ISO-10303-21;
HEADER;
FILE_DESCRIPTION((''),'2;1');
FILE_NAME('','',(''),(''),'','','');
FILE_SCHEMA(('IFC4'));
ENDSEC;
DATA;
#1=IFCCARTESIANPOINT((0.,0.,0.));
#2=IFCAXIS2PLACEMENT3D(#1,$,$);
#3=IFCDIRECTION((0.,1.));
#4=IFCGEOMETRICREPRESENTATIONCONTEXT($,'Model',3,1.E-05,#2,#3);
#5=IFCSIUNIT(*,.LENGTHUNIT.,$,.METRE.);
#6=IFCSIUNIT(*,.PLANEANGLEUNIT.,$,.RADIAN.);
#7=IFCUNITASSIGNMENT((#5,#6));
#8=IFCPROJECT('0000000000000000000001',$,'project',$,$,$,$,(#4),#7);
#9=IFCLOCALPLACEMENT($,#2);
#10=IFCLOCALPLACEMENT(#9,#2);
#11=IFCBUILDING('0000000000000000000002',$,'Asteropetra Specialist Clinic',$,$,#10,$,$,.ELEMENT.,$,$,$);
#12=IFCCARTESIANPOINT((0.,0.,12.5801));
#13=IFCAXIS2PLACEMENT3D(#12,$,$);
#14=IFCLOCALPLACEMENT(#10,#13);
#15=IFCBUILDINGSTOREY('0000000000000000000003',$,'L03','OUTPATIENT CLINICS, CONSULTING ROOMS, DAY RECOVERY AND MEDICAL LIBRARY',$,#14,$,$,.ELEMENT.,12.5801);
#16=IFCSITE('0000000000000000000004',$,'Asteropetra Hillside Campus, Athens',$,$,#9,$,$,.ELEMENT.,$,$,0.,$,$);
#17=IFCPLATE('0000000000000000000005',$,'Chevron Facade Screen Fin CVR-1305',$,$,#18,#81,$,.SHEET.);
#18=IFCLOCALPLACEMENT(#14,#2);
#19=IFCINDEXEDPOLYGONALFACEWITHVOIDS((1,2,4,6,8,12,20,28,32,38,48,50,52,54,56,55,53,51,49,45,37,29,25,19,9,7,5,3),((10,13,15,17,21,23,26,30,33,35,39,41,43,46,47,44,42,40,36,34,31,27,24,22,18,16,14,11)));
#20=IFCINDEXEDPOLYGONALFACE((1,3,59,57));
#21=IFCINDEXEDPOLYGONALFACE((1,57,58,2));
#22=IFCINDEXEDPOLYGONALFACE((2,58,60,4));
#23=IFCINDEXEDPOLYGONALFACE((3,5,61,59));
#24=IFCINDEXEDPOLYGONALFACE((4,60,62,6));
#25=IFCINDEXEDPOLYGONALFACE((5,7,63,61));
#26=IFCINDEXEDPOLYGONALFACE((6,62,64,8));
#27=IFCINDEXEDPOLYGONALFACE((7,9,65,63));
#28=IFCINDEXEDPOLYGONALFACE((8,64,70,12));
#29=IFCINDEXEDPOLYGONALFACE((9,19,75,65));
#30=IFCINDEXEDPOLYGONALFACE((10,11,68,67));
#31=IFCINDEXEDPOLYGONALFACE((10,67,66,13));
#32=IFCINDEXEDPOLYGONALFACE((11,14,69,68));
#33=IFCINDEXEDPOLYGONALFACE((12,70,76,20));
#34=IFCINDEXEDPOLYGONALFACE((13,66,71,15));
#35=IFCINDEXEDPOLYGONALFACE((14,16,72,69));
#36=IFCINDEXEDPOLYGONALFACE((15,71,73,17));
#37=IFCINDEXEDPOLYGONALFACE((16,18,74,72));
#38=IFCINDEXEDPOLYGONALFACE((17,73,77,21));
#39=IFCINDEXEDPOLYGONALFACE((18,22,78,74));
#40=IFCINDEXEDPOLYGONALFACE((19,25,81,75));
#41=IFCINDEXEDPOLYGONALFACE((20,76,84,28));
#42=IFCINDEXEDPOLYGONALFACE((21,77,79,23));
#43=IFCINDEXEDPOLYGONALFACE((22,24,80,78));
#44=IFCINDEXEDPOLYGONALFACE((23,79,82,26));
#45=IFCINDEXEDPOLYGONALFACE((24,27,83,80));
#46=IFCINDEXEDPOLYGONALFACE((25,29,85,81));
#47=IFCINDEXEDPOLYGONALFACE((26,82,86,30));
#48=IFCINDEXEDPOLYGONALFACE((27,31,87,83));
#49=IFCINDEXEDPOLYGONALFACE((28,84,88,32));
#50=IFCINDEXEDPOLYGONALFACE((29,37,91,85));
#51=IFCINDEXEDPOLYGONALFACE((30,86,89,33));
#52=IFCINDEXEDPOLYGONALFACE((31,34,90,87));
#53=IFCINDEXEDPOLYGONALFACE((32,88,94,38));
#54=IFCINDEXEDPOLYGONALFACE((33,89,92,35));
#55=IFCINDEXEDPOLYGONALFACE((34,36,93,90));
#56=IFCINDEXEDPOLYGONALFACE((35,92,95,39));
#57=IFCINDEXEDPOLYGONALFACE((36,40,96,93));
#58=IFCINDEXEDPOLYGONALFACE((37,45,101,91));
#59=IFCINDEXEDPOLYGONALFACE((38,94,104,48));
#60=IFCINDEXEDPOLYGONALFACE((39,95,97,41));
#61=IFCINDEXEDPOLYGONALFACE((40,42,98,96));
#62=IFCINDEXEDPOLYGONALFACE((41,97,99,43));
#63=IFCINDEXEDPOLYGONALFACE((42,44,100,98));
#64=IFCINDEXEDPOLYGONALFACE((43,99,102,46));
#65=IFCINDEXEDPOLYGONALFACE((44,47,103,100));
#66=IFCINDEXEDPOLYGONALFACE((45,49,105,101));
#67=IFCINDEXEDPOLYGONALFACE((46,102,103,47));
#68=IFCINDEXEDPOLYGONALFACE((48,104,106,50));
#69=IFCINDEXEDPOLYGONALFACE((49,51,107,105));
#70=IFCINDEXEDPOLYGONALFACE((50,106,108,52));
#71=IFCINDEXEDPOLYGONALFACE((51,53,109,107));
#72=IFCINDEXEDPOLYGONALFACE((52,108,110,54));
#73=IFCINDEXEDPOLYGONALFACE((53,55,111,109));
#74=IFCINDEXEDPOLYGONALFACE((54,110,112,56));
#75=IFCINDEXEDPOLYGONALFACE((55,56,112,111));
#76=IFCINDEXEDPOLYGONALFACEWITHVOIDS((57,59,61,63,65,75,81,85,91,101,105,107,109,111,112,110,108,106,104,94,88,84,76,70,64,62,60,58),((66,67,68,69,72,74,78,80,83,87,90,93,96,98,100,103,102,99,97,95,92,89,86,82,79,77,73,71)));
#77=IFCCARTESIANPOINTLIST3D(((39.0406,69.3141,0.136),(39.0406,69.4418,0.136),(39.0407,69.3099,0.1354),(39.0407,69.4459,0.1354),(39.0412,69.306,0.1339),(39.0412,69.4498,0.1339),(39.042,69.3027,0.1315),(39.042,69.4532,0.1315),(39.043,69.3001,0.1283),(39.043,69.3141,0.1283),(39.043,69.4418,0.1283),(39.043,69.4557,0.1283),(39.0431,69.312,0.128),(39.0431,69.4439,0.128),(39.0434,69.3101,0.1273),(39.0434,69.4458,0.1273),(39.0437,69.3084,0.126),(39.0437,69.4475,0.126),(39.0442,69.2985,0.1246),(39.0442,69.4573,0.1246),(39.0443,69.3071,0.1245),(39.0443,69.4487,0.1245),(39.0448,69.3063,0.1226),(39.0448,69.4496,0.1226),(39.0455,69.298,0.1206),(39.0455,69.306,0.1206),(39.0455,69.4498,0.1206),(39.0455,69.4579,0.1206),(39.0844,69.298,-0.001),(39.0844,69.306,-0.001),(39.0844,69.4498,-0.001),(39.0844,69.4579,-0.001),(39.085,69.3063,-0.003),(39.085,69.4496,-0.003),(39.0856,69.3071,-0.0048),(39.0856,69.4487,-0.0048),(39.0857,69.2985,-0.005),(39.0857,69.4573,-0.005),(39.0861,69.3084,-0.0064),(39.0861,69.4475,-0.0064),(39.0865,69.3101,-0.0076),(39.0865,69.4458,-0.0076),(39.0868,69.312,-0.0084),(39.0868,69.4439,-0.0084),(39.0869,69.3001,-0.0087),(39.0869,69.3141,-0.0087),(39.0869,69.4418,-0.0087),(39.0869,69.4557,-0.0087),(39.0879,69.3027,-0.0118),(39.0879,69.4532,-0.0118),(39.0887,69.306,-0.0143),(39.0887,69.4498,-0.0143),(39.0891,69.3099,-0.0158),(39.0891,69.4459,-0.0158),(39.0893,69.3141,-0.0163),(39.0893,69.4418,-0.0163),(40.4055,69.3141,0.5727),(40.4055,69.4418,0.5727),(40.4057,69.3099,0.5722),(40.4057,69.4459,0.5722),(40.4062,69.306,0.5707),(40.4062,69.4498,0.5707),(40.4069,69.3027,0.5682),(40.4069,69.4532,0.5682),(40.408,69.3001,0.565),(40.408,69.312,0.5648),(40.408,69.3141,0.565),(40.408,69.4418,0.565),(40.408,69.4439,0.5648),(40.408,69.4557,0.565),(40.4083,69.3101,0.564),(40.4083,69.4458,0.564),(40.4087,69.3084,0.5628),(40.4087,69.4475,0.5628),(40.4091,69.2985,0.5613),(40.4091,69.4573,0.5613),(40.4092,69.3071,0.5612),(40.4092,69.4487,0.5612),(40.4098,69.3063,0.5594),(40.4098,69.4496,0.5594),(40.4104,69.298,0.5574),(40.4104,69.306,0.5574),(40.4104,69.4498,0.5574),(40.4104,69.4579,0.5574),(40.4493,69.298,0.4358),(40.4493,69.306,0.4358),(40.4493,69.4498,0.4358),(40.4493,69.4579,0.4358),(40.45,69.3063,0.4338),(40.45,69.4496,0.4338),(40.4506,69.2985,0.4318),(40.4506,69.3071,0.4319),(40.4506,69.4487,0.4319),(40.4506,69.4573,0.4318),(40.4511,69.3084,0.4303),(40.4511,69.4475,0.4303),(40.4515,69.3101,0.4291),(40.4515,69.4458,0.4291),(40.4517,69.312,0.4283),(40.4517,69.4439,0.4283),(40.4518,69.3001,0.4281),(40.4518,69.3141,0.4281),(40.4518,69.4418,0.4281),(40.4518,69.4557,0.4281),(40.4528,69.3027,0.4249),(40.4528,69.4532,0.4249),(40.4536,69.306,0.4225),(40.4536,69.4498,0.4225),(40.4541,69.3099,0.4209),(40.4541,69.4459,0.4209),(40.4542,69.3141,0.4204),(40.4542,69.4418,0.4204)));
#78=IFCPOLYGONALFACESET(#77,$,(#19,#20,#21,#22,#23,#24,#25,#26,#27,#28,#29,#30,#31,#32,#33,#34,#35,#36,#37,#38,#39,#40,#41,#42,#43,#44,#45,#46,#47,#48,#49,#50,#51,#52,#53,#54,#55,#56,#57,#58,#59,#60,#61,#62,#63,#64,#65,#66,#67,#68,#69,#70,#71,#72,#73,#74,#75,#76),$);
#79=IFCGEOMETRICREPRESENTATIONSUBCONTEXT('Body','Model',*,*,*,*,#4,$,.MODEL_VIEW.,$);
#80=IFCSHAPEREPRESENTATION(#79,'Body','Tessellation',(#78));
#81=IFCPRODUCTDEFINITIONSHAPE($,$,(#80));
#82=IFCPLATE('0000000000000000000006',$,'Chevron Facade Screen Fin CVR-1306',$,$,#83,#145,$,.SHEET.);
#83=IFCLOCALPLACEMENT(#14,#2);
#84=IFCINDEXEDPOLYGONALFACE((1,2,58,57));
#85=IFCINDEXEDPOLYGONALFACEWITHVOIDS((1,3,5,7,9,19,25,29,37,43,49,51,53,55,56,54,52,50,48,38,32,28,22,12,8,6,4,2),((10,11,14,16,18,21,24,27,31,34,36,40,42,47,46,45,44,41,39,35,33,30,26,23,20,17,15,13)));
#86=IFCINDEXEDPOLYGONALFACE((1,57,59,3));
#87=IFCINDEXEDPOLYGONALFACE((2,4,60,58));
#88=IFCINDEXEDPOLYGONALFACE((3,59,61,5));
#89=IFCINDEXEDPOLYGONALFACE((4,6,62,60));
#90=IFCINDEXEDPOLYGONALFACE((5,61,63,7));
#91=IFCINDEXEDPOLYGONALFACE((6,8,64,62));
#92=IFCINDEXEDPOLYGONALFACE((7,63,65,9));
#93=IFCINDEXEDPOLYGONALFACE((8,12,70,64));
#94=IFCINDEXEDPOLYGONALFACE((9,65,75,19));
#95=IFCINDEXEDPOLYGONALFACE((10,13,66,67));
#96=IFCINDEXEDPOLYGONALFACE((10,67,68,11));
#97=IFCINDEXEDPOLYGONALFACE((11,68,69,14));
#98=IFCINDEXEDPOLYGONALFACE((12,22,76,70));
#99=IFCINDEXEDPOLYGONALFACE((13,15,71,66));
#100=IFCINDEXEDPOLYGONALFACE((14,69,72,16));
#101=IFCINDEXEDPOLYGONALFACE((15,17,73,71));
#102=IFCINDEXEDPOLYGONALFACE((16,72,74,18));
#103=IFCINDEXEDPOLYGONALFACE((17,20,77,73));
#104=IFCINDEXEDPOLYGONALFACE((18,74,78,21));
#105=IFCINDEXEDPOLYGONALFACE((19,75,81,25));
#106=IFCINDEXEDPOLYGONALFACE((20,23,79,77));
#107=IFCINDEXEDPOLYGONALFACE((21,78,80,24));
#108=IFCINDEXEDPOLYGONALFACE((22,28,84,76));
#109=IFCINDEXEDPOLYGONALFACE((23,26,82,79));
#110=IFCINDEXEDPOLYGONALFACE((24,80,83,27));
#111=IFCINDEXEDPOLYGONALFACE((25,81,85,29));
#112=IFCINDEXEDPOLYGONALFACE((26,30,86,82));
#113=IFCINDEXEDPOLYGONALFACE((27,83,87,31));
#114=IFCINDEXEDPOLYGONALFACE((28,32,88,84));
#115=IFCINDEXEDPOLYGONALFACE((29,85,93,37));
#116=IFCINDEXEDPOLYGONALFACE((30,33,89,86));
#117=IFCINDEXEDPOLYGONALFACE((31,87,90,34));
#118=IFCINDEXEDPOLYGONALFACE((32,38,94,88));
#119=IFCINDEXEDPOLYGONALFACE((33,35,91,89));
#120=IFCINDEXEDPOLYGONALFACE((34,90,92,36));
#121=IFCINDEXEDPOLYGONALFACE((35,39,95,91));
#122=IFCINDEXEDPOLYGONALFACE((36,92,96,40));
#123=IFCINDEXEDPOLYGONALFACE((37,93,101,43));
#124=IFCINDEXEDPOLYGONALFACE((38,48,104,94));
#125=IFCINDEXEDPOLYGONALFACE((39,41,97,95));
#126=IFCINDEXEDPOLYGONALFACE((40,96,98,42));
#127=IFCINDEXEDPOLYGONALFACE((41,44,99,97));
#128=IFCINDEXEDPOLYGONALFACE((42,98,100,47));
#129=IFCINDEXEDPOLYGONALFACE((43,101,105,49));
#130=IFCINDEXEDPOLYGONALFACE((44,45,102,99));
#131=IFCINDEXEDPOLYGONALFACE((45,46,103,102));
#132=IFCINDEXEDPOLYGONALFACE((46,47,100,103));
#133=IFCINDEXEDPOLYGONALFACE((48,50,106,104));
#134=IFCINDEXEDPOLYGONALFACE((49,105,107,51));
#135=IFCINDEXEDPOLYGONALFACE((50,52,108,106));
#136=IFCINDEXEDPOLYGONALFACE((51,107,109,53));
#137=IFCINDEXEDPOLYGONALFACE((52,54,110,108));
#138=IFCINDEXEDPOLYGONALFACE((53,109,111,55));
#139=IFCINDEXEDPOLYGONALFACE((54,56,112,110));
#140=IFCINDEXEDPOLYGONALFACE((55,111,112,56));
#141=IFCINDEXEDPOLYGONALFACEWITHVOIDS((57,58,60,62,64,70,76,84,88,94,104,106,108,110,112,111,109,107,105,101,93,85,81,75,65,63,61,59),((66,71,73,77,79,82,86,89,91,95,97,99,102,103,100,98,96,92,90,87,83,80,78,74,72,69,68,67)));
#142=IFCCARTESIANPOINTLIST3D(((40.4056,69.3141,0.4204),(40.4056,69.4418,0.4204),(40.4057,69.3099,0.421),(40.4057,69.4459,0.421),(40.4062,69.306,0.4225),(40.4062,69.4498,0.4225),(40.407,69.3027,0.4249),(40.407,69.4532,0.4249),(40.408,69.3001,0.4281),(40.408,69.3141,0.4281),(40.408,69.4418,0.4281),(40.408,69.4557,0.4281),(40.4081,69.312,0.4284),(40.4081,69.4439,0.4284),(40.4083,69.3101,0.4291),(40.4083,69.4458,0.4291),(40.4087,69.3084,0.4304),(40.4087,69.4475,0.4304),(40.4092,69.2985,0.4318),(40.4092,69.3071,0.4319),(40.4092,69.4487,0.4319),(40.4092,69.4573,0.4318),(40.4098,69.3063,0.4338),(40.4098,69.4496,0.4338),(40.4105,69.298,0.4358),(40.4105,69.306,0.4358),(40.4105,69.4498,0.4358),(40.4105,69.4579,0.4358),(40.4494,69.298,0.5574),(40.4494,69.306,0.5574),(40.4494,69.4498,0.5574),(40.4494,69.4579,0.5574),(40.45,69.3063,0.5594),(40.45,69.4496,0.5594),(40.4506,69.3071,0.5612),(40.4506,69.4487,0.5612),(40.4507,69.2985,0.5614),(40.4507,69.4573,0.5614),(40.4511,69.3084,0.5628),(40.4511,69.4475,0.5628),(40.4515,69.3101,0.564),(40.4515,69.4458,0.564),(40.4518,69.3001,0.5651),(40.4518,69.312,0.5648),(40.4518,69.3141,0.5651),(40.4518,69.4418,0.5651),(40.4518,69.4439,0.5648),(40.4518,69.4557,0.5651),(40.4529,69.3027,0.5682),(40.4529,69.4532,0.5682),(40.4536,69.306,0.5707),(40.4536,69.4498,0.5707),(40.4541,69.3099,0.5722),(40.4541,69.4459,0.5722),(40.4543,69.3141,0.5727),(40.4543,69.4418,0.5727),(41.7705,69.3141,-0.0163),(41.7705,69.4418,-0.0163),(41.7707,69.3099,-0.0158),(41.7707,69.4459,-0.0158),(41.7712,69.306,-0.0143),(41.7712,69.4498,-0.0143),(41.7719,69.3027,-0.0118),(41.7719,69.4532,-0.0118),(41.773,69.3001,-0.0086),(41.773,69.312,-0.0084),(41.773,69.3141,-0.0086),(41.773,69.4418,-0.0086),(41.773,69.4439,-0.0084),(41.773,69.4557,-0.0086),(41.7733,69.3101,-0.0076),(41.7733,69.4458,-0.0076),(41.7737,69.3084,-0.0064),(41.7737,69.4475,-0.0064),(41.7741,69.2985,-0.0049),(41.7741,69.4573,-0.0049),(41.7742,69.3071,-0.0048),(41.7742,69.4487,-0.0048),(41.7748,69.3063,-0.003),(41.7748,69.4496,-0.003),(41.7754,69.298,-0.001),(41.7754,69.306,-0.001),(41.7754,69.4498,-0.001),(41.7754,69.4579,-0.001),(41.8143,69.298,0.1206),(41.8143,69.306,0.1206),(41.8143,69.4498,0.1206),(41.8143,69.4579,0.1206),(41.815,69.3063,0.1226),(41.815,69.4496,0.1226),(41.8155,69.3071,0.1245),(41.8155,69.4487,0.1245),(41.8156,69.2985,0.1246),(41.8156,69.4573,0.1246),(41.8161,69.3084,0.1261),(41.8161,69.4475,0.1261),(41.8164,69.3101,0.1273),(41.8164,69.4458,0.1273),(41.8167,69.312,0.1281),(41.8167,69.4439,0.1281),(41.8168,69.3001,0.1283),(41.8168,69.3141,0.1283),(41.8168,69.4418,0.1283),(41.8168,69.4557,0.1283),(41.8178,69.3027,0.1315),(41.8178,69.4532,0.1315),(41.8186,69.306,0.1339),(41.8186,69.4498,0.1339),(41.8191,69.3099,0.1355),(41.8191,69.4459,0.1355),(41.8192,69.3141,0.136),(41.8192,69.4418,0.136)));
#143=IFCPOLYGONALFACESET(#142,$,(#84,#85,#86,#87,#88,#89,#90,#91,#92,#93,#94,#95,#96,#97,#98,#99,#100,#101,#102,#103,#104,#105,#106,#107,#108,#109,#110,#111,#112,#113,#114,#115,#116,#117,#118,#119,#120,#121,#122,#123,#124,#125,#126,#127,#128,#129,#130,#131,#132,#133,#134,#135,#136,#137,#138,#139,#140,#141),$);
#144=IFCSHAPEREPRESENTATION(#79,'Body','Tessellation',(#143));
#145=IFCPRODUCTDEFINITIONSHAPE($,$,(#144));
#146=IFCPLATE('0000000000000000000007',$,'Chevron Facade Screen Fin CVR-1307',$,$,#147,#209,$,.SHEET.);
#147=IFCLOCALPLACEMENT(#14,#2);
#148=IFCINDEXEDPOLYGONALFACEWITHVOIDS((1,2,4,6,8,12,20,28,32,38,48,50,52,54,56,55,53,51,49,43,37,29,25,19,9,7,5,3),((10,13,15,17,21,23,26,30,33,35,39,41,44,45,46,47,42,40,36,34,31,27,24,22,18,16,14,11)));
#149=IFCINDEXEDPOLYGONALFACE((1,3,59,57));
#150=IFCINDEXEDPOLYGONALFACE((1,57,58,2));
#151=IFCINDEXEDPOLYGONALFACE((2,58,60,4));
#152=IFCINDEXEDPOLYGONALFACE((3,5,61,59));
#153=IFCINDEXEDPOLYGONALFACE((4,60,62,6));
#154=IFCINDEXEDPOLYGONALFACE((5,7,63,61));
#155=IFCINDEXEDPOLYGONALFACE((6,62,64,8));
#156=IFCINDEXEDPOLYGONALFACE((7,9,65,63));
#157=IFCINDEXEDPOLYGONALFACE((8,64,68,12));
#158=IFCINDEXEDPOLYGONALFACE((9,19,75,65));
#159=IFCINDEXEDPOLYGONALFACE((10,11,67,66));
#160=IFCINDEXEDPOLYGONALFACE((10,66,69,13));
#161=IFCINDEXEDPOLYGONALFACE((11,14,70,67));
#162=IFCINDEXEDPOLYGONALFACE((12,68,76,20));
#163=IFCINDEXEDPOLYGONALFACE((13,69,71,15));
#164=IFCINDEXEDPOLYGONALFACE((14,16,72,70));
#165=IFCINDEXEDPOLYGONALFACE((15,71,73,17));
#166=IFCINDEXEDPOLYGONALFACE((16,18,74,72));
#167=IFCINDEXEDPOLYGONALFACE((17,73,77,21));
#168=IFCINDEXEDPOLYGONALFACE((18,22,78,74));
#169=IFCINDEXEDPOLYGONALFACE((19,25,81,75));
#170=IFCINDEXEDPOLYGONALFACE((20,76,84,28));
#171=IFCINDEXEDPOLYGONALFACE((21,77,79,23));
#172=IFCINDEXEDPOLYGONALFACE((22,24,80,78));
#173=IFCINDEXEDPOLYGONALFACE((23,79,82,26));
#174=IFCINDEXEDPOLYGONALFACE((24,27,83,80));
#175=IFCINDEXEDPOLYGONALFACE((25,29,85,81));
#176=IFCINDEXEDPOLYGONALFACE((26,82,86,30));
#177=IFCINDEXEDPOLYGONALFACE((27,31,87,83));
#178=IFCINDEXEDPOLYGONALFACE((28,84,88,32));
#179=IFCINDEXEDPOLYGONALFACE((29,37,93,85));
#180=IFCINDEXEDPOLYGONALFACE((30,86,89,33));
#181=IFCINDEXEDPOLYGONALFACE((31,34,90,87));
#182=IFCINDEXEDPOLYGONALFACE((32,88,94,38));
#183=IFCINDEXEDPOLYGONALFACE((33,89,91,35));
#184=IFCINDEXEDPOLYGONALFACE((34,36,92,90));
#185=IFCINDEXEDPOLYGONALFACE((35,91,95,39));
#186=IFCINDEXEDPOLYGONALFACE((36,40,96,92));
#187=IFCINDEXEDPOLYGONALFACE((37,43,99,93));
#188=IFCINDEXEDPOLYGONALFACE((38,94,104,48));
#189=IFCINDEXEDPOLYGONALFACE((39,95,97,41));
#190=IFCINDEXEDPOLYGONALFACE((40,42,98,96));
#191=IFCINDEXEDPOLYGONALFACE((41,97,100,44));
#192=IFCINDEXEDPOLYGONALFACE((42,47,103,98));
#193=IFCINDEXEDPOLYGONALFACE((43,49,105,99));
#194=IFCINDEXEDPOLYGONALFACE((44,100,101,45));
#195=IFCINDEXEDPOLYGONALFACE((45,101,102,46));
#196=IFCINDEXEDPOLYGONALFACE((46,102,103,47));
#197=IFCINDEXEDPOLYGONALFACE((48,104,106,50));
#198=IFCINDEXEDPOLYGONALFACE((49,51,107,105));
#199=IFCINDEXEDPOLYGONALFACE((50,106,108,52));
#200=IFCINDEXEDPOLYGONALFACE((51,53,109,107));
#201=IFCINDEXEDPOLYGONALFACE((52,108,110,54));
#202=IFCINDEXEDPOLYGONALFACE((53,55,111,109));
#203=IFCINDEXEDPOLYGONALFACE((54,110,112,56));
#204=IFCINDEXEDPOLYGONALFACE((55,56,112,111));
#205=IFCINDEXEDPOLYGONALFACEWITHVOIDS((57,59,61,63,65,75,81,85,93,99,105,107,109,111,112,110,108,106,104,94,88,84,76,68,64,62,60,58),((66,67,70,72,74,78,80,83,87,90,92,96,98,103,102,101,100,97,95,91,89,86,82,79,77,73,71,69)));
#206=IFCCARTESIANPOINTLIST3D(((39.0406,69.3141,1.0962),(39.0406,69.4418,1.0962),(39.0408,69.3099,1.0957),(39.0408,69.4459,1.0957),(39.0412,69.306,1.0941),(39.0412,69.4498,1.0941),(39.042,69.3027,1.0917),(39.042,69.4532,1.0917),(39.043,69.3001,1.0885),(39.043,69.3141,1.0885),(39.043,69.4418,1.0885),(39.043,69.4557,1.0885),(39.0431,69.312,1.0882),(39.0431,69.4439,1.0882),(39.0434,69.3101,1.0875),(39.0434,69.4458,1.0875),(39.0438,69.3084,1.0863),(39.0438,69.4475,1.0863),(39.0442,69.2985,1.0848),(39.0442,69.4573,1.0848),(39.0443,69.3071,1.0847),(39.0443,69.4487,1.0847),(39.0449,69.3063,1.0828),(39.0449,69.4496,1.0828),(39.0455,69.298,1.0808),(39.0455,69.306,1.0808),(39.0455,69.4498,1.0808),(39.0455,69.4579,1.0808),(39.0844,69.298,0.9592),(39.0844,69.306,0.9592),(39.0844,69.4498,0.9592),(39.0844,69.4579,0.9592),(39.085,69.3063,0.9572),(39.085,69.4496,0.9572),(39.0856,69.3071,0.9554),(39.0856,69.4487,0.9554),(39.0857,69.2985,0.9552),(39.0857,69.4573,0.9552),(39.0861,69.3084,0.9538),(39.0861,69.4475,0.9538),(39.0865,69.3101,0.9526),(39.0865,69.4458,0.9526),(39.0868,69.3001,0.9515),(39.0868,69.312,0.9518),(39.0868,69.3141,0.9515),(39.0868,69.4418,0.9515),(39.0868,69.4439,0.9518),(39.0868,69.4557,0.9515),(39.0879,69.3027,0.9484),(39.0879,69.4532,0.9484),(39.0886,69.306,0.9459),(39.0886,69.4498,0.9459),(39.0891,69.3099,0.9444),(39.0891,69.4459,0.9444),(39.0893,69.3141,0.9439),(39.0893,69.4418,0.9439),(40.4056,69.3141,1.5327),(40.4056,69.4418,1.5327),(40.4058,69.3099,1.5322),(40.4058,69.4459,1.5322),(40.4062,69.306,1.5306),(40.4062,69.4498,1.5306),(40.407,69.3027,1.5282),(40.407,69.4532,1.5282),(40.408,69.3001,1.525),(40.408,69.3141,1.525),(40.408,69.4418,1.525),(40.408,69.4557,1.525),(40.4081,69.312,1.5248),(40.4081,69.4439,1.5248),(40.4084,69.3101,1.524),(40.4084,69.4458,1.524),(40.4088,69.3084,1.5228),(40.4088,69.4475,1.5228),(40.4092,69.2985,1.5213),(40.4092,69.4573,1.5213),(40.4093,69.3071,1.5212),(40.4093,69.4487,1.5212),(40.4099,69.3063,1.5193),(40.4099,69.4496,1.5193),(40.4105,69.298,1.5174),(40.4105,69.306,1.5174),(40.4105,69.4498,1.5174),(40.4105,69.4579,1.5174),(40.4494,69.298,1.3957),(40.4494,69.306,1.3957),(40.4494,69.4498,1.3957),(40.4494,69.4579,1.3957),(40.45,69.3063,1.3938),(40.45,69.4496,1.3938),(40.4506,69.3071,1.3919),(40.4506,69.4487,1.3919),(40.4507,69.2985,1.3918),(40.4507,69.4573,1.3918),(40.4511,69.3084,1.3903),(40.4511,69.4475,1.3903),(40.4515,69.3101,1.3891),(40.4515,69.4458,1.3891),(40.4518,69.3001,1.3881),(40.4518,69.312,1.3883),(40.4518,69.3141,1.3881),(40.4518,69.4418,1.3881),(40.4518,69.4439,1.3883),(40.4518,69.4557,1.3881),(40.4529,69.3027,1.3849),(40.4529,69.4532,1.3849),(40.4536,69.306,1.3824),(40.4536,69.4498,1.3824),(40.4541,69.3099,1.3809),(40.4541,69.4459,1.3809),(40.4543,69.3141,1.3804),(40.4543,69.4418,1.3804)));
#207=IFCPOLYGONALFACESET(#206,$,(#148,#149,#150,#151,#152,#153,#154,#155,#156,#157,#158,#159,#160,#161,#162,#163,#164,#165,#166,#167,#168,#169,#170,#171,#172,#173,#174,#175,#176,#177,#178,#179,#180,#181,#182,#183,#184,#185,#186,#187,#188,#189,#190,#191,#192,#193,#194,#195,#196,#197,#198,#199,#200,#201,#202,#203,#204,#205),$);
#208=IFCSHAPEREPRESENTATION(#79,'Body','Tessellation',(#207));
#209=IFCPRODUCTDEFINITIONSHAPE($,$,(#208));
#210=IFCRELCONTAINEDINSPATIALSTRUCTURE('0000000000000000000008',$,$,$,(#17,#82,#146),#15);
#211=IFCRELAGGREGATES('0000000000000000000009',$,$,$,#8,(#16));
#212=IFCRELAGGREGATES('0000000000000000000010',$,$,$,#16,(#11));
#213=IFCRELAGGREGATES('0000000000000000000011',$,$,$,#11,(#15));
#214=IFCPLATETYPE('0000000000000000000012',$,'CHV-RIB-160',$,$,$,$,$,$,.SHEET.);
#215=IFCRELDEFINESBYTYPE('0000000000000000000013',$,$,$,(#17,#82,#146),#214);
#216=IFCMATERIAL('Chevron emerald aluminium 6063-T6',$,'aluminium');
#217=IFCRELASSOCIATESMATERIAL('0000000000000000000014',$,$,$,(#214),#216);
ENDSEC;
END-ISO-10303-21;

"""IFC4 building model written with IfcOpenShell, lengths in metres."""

from ifc_helpers import new_model, si_unit, direction, frame, origin, origin_2d, place, context, subcontext, project, spatial, hollow_rectangle, extrude, material, material_profile, profile_set, type_object, element, save


model = new_model("IFC4")

# Units and contexts
model_context = context("Model", 3, precision=1e-05, world=origin(), true_north=direction((0.0, 1.0)))
body_context = subcontext(model_context, "Body", "Model", "MODEL_VIEW")
ifc_project = project(units=[si_unit("LENGTHUNIT", "METRE"), si_unit("PLANEANGLEUNIT", "RADIAN")], contexts=[model_context])

# Site, building, storey
site_placement = place(None, origin())
site = spatial("IfcSite", under=ifc_project, at=site_placement, Name="Asteropetra Hillside Campus, Athens", CompositionType="ELEMENT", RefElevation=0.0)
building_placement = place(site_placement, origin())
building = spatial("IfcBuilding", under=site, at=building_placement, Name="Asteropetra Specialist Clinic", CompositionType="ELEMENT")
storey_placement = place(building_placement, frame((0.0, 0.0, 12.5801)))
storey = spatial("IfcBuildingStorey", under=building, at=storey_placement, Name="L03", Description="OUTPATIENT CLINICS, CONSULTING ROOMS, DAY RECOVERY AND MEDICAL LIBRARY", CompositionType="ELEMENT", Elevation=12.5801)

# Plates
ifc_material_1 = material(Name="Chevron emerald aluminium 6063-T6", Category="aluminium")
ifc_material_profile = material_profile(ifc_material_1, hollow_rectangle(XDim=0.1599, YDim=0.1599, WallThickness=0.0081, InnerFilletRadius=0.0081, OuterFilletRadius=0.0161, at=origin_2d()), Name="SHS 160x160x8.0")
ifc_profile_set = profile_set([ifc_material_profile], Name="Chevron emerald aluminium 6063-T6")
plate_type_1 = type_object("IfcPlateType", Name="CHV-RIB-160", PredefinedType="SHEET", material=ifc_profile_set)
for number, where, z_axis, x_axis, name in (
    (1, (39.0649, 69.3779, 0.0598), (0.95243, 0.0, 0.304757), (0.0, 1.0, 0.0), "Chevron Facade Screen Fin CVR-1305"),
    (2, (40.4299, 69.3779, 0.4966), (0.95243, 0.0, -0.304757), (0.0, 1.0, 0.0), "Chevron Facade Screen Fin CVR-1306"),
    (3, (39.0649, 69.3779, 1.02), (0.95248, 0.0, 0.304603), (0.0, 1.0, 0.0), "Chevron Facade Screen Fin CVR-1307"),
):
    element("IfcPlate", number, at=place(storey_placement, frame(where, z_axis=z_axis, x_axis=x_axis)), inside=storey, type_object=plate_type_1, Name=name, PredefinedType="SHEET", context=body_context, shape_type="SweptSolid", body=[
        extrude(hollow_rectangle(XDim=0.1599, YDim=0.1599, WallThickness=0.0081, InnerFilletRadius=0.0081, OuterFilletRadius=0.0161, at=origin_2d()), origin(), (0.0, 0.0, 1.0), 1.4331),
    ])

save(model, "model.ifc")
